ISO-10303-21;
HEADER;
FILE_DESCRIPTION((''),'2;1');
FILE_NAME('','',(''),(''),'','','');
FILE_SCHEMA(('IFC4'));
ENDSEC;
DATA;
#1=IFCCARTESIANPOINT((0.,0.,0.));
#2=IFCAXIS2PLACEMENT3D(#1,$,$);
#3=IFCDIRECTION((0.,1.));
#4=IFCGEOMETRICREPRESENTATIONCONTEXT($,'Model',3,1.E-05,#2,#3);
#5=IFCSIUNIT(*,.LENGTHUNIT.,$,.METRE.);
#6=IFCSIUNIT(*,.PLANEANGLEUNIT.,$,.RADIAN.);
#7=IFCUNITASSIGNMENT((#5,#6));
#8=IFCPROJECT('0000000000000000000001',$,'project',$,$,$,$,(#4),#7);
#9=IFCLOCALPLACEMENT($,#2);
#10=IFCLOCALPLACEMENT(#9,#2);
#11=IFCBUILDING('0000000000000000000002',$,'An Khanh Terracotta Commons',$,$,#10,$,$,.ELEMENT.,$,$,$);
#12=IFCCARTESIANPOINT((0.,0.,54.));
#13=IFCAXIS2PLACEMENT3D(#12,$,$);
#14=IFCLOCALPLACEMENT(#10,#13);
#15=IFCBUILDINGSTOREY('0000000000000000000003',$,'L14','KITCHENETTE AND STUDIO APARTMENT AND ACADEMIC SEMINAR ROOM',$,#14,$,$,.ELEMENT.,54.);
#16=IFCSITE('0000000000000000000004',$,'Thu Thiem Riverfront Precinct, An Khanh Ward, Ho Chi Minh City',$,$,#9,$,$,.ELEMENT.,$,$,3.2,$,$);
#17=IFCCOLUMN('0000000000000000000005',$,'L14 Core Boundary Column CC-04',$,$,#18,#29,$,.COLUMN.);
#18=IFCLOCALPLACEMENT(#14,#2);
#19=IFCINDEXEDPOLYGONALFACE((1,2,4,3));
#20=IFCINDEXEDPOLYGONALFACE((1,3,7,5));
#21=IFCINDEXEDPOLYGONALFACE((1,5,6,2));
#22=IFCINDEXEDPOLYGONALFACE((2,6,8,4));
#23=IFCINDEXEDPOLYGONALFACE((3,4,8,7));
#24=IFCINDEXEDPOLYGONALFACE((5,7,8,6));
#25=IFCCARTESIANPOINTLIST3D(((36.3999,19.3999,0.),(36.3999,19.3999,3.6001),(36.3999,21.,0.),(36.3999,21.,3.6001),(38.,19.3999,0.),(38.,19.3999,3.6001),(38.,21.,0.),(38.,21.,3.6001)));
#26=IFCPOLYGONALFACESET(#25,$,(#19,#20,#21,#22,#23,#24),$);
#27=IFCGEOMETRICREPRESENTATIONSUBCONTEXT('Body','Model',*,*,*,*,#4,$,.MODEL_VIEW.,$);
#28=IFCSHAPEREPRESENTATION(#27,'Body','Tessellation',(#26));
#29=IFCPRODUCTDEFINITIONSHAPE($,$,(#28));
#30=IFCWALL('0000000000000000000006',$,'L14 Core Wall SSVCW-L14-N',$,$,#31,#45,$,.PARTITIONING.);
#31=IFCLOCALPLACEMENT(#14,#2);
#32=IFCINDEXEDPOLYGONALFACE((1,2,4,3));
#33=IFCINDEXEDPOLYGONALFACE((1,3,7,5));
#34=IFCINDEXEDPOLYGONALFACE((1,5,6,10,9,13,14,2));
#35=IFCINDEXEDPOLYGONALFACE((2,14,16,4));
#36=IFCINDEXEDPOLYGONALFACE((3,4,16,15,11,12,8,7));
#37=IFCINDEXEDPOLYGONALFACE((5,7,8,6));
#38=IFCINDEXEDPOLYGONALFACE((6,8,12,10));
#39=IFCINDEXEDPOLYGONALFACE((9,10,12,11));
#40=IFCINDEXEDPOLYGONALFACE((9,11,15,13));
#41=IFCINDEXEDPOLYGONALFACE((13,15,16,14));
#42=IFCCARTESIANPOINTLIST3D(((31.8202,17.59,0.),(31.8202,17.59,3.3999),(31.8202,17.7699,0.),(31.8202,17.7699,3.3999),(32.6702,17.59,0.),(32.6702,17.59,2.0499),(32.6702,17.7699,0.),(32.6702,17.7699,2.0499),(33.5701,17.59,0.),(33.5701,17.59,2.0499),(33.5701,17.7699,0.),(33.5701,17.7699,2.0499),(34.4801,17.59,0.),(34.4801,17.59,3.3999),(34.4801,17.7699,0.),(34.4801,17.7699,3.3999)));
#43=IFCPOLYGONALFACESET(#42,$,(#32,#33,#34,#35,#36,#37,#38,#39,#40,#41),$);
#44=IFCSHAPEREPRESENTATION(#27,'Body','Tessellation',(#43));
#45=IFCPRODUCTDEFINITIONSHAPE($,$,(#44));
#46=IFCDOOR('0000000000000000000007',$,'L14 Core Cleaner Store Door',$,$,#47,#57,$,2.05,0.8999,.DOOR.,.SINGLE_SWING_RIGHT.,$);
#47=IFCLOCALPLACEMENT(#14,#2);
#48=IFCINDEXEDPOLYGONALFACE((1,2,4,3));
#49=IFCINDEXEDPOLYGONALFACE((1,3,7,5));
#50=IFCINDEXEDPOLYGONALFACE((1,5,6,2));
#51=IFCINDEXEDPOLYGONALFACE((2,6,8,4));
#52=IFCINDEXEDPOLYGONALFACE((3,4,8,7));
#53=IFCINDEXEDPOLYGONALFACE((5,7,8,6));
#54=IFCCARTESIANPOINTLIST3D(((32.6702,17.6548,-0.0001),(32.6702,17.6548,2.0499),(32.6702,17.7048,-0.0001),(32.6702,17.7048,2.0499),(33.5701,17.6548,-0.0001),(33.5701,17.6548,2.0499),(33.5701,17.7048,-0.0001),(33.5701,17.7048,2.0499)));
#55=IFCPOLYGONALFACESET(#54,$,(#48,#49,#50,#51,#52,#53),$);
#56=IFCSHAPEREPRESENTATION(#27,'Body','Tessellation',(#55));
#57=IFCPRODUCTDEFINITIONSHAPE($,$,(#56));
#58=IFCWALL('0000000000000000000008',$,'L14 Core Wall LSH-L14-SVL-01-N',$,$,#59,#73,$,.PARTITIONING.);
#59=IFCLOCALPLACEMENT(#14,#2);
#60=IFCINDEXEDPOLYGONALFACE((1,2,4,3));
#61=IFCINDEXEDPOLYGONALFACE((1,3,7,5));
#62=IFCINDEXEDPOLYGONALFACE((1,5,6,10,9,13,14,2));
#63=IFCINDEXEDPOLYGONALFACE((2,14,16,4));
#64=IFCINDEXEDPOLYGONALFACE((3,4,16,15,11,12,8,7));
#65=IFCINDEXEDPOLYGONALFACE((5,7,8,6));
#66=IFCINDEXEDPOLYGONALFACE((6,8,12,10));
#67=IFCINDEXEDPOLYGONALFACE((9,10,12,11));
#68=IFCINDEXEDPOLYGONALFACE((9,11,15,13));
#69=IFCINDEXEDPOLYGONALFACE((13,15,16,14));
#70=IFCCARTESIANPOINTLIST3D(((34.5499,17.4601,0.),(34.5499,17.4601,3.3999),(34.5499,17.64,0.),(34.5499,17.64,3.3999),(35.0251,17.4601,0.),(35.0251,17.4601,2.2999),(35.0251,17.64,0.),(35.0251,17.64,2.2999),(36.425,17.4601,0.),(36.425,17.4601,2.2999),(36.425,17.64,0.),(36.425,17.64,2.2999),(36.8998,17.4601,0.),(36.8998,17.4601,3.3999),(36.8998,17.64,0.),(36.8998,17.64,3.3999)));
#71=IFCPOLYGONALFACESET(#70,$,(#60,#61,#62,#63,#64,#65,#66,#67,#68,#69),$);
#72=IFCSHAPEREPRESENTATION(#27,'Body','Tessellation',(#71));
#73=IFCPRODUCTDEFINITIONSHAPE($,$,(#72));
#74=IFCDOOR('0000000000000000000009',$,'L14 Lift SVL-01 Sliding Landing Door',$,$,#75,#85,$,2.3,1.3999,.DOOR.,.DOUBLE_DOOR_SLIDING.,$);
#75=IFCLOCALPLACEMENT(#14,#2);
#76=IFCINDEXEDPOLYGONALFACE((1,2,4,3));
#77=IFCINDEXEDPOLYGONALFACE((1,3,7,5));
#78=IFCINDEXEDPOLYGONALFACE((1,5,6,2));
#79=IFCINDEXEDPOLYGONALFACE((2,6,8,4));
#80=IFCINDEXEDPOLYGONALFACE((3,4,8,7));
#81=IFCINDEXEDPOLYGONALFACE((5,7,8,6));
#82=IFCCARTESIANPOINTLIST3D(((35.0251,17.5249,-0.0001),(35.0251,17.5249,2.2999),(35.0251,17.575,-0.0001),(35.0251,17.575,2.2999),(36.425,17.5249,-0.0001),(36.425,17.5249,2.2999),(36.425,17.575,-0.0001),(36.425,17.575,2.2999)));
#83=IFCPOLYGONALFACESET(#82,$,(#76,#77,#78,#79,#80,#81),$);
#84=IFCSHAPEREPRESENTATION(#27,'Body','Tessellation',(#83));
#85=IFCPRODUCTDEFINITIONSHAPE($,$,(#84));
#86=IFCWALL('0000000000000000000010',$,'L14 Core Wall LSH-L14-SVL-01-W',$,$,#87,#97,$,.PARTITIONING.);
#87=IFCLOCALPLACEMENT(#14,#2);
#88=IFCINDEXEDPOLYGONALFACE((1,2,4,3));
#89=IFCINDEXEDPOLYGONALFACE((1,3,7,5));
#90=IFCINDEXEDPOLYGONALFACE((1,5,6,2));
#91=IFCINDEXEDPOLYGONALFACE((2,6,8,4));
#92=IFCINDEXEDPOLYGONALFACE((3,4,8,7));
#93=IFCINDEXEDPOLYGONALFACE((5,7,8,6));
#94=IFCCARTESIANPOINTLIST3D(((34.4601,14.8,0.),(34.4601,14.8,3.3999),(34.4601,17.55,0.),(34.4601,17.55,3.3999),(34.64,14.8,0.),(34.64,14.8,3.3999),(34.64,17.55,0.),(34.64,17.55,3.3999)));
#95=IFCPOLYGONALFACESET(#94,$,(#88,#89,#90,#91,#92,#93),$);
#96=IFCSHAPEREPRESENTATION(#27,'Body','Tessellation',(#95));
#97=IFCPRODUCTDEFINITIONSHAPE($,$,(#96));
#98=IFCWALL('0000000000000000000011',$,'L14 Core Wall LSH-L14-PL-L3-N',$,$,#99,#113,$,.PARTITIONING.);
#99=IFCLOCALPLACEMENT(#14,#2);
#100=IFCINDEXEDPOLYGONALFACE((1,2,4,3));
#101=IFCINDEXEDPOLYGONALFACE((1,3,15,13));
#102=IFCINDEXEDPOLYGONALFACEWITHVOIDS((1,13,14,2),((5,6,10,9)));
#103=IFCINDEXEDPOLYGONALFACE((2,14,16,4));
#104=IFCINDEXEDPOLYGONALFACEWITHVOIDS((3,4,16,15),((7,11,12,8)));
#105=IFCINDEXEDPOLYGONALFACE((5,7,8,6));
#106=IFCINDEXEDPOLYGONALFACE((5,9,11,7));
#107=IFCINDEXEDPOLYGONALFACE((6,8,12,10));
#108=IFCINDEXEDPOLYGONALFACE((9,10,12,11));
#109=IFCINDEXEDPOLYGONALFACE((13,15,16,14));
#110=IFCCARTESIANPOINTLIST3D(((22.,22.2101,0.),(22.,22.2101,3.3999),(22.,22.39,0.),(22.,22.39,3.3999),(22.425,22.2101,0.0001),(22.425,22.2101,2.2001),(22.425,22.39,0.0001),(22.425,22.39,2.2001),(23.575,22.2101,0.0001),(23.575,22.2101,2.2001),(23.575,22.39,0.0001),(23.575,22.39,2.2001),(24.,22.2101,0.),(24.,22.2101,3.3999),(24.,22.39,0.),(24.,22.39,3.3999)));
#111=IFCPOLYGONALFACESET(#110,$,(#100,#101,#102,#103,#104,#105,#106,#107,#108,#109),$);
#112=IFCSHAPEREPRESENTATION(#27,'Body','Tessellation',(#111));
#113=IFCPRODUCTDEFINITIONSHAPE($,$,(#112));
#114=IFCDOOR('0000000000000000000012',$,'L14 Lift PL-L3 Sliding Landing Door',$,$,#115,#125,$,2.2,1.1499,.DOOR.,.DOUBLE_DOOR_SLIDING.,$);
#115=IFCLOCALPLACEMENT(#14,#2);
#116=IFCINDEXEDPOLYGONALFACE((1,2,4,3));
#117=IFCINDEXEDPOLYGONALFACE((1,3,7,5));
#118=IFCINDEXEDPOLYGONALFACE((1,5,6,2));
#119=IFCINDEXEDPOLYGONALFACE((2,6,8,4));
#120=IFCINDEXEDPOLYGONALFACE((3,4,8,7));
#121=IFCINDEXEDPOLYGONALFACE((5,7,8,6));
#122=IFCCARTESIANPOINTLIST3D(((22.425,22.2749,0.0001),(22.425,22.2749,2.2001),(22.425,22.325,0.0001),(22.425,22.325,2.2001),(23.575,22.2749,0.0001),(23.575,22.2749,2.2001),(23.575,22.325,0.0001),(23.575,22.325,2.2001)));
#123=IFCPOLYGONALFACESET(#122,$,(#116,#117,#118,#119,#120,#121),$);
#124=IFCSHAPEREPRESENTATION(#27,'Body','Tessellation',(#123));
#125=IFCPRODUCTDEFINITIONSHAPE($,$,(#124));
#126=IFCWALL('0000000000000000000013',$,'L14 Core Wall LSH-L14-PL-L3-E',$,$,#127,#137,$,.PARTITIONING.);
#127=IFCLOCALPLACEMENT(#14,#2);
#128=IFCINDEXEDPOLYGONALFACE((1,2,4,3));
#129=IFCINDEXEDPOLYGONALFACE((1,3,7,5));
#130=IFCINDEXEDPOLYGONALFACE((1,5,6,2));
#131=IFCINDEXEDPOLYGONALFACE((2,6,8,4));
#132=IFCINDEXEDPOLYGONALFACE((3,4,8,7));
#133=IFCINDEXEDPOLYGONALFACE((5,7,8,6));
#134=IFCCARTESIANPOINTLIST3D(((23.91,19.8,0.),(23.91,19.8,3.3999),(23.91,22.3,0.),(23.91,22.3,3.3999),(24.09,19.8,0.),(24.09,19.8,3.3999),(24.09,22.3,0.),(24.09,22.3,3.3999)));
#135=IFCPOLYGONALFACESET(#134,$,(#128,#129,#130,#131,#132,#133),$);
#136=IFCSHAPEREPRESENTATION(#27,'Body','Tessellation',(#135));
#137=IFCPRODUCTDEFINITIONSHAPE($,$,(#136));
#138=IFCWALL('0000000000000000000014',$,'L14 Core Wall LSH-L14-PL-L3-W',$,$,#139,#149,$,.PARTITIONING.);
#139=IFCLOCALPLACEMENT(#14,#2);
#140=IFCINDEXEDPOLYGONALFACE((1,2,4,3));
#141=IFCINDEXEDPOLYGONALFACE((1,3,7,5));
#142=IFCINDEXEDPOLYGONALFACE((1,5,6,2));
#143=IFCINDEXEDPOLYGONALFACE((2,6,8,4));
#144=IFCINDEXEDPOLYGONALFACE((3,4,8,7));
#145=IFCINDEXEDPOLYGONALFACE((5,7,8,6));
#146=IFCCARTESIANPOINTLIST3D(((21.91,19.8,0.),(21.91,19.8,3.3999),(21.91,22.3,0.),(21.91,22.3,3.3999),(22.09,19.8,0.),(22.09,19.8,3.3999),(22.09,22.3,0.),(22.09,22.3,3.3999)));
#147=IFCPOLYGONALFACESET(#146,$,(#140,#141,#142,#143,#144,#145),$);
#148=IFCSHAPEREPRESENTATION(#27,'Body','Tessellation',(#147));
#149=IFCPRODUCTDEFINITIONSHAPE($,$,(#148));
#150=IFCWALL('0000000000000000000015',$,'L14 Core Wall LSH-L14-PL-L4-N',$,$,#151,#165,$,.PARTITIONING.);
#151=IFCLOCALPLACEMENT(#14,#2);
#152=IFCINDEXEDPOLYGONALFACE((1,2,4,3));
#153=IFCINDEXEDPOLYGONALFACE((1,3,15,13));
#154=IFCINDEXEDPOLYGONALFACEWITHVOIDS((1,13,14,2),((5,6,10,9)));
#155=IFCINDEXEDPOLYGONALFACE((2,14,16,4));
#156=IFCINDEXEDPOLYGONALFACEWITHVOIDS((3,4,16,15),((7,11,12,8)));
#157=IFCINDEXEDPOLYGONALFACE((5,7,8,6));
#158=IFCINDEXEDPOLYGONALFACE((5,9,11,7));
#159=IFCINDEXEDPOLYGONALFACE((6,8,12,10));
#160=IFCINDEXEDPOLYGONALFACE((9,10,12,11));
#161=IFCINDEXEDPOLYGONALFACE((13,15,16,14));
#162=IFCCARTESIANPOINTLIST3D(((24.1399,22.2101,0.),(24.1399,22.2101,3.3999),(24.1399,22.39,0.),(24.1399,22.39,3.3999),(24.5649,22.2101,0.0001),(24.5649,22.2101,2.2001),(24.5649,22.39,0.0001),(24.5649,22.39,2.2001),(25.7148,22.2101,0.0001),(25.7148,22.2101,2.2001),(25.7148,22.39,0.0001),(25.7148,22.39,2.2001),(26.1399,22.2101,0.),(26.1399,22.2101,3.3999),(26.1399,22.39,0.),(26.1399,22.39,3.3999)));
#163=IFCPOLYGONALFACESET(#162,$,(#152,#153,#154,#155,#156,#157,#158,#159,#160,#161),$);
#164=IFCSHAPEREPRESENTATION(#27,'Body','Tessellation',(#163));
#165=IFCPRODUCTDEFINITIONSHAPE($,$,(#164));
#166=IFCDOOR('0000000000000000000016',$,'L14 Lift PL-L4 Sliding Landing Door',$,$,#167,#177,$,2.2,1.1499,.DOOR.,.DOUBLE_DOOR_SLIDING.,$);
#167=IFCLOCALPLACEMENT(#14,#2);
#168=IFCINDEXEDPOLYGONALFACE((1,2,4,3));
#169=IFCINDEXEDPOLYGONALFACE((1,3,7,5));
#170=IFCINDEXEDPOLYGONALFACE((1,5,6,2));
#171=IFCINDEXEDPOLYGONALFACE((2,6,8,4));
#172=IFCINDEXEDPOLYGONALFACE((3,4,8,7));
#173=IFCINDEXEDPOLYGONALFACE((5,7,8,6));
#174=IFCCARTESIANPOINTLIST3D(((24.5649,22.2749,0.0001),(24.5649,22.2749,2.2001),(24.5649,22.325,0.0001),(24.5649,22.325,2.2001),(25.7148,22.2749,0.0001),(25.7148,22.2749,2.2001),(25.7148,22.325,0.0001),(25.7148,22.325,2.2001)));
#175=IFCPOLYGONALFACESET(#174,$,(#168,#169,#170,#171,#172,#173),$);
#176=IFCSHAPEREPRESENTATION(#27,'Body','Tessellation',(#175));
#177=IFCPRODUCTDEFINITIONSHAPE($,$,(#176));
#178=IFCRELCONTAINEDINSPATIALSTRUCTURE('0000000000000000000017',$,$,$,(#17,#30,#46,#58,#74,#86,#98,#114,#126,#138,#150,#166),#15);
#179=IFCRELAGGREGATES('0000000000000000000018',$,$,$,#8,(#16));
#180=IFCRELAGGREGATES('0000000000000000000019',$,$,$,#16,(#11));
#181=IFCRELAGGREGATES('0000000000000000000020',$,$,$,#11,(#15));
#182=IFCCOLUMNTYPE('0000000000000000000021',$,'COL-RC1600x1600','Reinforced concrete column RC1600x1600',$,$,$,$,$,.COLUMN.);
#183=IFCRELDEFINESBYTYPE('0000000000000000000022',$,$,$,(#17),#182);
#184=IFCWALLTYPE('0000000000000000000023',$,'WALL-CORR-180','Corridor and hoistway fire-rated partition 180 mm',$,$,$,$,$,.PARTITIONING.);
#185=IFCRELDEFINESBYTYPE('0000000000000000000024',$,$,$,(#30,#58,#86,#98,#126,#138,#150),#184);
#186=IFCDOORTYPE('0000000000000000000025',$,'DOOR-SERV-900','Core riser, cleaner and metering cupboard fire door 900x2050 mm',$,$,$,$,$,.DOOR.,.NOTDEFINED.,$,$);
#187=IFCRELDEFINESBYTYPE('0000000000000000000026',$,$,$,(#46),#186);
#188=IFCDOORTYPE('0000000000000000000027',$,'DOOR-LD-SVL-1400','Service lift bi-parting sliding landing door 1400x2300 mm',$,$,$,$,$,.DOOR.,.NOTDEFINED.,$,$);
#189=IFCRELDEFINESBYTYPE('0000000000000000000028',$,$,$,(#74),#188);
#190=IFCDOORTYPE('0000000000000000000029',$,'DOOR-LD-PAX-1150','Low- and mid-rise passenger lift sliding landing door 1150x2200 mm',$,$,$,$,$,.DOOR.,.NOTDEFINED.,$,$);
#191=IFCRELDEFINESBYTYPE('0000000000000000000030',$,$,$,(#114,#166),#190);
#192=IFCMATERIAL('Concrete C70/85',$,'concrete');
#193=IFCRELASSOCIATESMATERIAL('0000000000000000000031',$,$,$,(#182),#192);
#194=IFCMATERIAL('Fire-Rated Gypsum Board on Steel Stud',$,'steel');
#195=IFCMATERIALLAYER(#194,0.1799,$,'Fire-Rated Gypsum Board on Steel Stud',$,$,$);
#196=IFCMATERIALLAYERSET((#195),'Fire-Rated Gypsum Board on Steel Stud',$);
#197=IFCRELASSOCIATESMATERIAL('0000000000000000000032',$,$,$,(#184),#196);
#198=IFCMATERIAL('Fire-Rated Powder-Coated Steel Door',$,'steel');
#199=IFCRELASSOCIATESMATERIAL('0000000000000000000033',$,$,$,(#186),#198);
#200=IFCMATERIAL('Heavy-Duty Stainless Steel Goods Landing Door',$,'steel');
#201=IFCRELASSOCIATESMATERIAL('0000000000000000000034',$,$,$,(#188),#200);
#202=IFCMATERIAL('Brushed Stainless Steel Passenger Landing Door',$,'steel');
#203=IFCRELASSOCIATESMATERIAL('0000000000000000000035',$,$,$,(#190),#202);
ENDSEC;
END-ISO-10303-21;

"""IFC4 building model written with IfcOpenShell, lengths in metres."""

from ifc_helpers import new_model, si_unit, direction, frame, frame_2d, origin, origin_2d, place, context, subcontext, project, spatial, rectangle, extrude, material, layer, layer_set, material_profile, profile_set, type_object, element, fill, save


model = new_model("IFC4")

# Units and contexts
model_context = context("Model", 3, precision=1e-05, world=origin(), true_north=direction((0.0, 1.0)))
body_context = subcontext(model_context, "Body", "Model", "MODEL_VIEW")
ifc_project = project(units=[si_unit("LENGTHUNIT", "METRE"), si_unit("PLANEANGLEUNIT", "RADIAN")], contexts=[model_context])

# Site, building, storey
site_placement = place(None, origin())
site = spatial("IfcSite", under=ifc_project, at=site_placement, Name="Thu Thiem Riverfront Precinct, An Khanh Ward, Ho Chi Minh City", CompositionType="ELEMENT", RefElevation=3.2)
building_placement = place(site_placement, origin())
building = spatial("IfcBuilding", under=site, at=building_placement, Name="An Khanh Terracotta Commons", CompositionType="ELEMENT")
storey_placement = place(building_placement, frame((0.0, 0.0, 54.0)))
storey = spatial("IfcBuildingStorey", under=building, at=storey_placement, Name="L14", Description="KITCHENETTE AND STUDIO APARTMENT AND ACADEMIC SEMINAR ROOM", CompositionType="ELEMENT", Elevation=54.0)

# Column
ifc_material_1 = material(Name="Concrete C70/85", Category="concrete")
ifc_material_profile = material_profile(ifc_material_1, rectangle(XDim=1.6001, YDim=1.6001, at=origin_2d()), Name="RC1600x1600")
ifc_profile_set = profile_set([ifc_material_profile], Name="Concrete C70/85")
column_type = type_object("IfcColumnType", Name="COL-RC1600x1600", Description="Reinforced concrete column RC1600x1600", PredefinedType="COLUMN", material=ifc_profile_set)
column_placement = place(storey_placement, frame((37.2, 20.2, 0.0), z_axis=(0.0, 0.0, 1.0), x_axis=(1.0, 0.0, 0.0)))
element("IfcColumn", 1, at=column_placement, inside=storey, type_object=column_type, Name="L14 Core Boundary Column CC-04", PredefinedType="COLUMN", context=body_context, shape_type="SweptSolid", body=[
    extrude(rectangle(XDim=1.6001, YDim=1.6001, at=origin_2d()), origin(), (0.0, 0.0, 1.0), 3.6001),
])

# Walls, openings, doors
ifc_material_2 = material(Name="Fire-Rated Gypsum Board on Steel Stud", Category="steel")
ifc_layer_1 = layer(ifc_material_2, 0.1799, Name="Fire-Rated Gypsum Board on Steel Stud")
ifc_layer_set_1 = layer_set([ifc_layer_1], Name="Fire-Rated Gypsum Board on Steel Stud")
wall_type_1 = type_object("IfcWallType", Name="WALL-CORR-180", Description="Corridor and hoistway fire-rated partition 180 mm", PredefinedType="PARTITIONING", material=ifc_layer_set_1)
wall_1_placement = place(storey_placement, frame((31.8201, 17.6799, 0.0), z_axis=(0.0, 0.0, 1.0), x_axis=(1.0, 0.0, 0.0)))
wall_1 = element("IfcWall", 2, at=wall_1_placement, inside=storey, type_object=wall_type_1, Name="L14 Core Wall SSVCW-L14-N", PredefinedType="PARTITIONING", context=body_context, shape_type="SweptSolid", body=[
    extrude(rectangle(XDim=2.6599, YDim=0.1799, at=frame_2d((1.3301, 0.0))), origin(), (0.0, 0.0, 1.0), 3.3999),
])
opening_1_placement = place(wall_1_placement, frame((0.8501, 0.0, 0.0)))
opening_1 = element("IfcOpeningElement", 3, at=opening_1_placement, cuts=wall_1, PredefinedType="OPENING", context=body_context, shape_type="SweptSolid", body=[
    extrude(rectangle(XDim=0.8999, YDim=2.05, at=frame_2d((0.45, 1.0249))), frame((0.0, 0.0999, 0.0), z_axis=(0.0, -1.0, 0.0), x_axis=(1.0, 0.0, 0.0)), (0.0, 0.0, 1.0), 0.2),
])
ifc_material_3 = material(Name="Fire-Rated Powder-Coated Steel Door", Category="steel")
door_type_1 = type_object("IfcDoorType", Name="DOOR-SERV-900", Description="Core riser, cleaner and metering cupboard fire door 900x2050 mm", OperationType="NOTDEFINED", PredefinedType="DOOR", material=ifc_material_3)
door_1_placement = place(opening_1_placement, origin())
door_1 = element("IfcDoor", 4, at=door_1_placement, inside=storey, type_object=door_type_1, Name="L14 Core Cleaner Store Door", OperationType="SINGLE_SWING_RIGHT", OverallHeight=2.05, OverallWidth=0.8999, PredefinedType="DOOR", context=body_context, shape_type="SweptSolid", body=[
    extrude(rectangle(XDim=0.8999, YDim=2.05, at=frame_2d((0.45, 1.0249))), frame((0.0, 0.0249, 0.0), z_axis=(0.0, -1.0, 0.0), x_axis=(1.0, 0.0, 0.0)), (0.0, 0.0, 1.0), 0.05),
])
fill(opening_1, door_1)
wall_2_placement = place(storey_placement, frame((34.55, 17.55, 0.0), z_axis=(0.0, 0.0, 1.0), x_axis=(1.0, 0.0, 0.0)))
wall_2 = element("IfcWall", 5, at=wall_2_placement, inside=storey, type_object=wall_type_1, Name="L14 Core Wall LSH-L14-SVL-01-N", PredefinedType="PARTITIONING", context=body_context, shape_type="SweptSolid", body=[
    extrude(rectangle(XDim=2.3499, YDim=0.1799, at=frame_2d((1.1748, 0.0))), origin(), (0.0, 0.0, 1.0), 3.3999),
])
opening_2_placement = place(wall_2_placement, frame((0.4751, 0.0, 0.0)))
opening_2 = element("IfcOpeningElement", 6, at=opening_2_placement, cuts=wall_2, PredefinedType="OPENING", context=body_context, shape_type="SweptSolid", body=[
    extrude(rectangle(XDim=1.3999, YDim=2.3, at=frame_2d((0.7, 1.1499))), frame((0.0, 0.0999, 0.0), z_axis=(0.0, -1.0, 0.0), x_axis=(1.0, 0.0, 0.0)), (0.0, 0.0, 1.0), 0.2),
])
ifc_material_4 = material(Name="Heavy-Duty Stainless Steel Goods Landing Door", Category="steel")
door_type_2 = type_object("IfcDoorType", Name="DOOR-LD-SVL-1400", Description="Service lift bi-parting sliding landing door 1400x2300 mm", OperationType="NOTDEFINED", PredefinedType="DOOR", material=ifc_material_4)
door_2_placement = place(opening_2_placement, origin())
door_2 = element("IfcDoor", 7, at=door_2_placement, inside=storey, type_object=door_type_2, Name="L14 Lift SVL-01 Sliding Landing Door", OperationType="DOUBLE_DOOR_SLIDING", OverallHeight=2.3, OverallWidth=1.3999, PredefinedType="DOOR", context=body_context, shape_type="SweptSolid", body=[
    extrude(rectangle(XDim=1.3999, YDim=2.3, at=frame_2d((0.7, 1.1499))), frame((0.0, 0.0249, 0.0), z_axis=(0.0, -1.0, 0.0), x_axis=(1.0, 0.0, 0.0)), (0.0, 0.0, 1.0), 0.05),
])
fill(opening_2, door_2)

# Wall
wall_3_placement = place(storey_placement, frame((34.55, 17.55, 0.0), z_axis=(0.0, 0.0, 1.0), x_axis=(0.0, -1.0, 0.0)))
element("IfcWall", 8, at=wall_3_placement, inside=storey, type_object=wall_type_1, Name="L14 Core Wall LSH-L14-SVL-01-W", PredefinedType="PARTITIONING", context=body_context, shape_type="SweptSolid", body=[
    extrude(rectangle(XDim=2.75, YDim=0.1799, at=frame_2d((1.375, 0.0))), origin(), (0.0, 0.0, 1.0), 3.3999),
])

# Wall, opening, door
wall_4_placement = place(storey_placement, frame((22.0, 22.3, 0.0), z_axis=(0.0, 0.0, 1.0), x_axis=(1.0, 0.0, 0.0)))
wall_4 = element("IfcWall", 9, at=wall_4_placement, inside=storey, type_object=wall_type_1, Name="L14 Core Wall LSH-L14-PL-L3-N", PredefinedType="PARTITIONING", context=body_context, shape_type="SweptSolid", body=[
    extrude(rectangle(XDim=2.0, YDim=0.1799, at=frame_2d((1.0, 0.0))), origin(), (0.0, 0.0, 1.0), 3.3999),
])
opening_3_placement = place(wall_4_placement, frame((0.425, 0.0, 0.0)))
opening_3 = element("IfcOpeningElement", 10, at=opening_3_placement, cuts=wall_4, PredefinedType="OPENING", context=body_context, shape_type="SweptSolid", body=[
    extrude(rectangle(XDim=1.1499, YDim=2.2, at=frame_2d((0.575, 1.1001))), frame((0.0, 0.0999, 0.0), z_axis=(0.0, -1.0, 0.0), x_axis=(1.0, 0.0, 0.0)), (0.0, 0.0, 1.0), 0.2),
])
ifc_material_5 = material(Name="Brushed Stainless Steel Passenger Landing Door", Category="steel")
door_type_3 = type_object("IfcDoorType", Name="DOOR-LD-PAX-1150", Description="Low- and mid-rise passenger lift sliding landing door 1150x2200 mm", OperationType="NOTDEFINED", PredefinedType="DOOR", material=ifc_material_5)
door_3_placement = place(opening_3_placement, origin())
door_3 = element("IfcDoor", 11, at=door_3_placement, inside=storey, type_object=door_type_3, Name="L14 Lift PL-L3 Sliding Landing Door", OperationType="DOUBLE_DOOR_SLIDING", OverallHeight=2.2, OverallWidth=1.1499, PredefinedType="DOOR", context=body_context, shape_type="SweptSolid", body=[
    extrude(rectangle(XDim=1.1499, YDim=2.2, at=frame_2d((0.575, 1.1001))), frame((0.0, 0.0249, 0.0), z_axis=(0.0, -1.0, 0.0), x_axis=(1.0, 0.0, 0.0)), (0.0, 0.0, 1.0), 0.05),
])
fill(opening_3, door_3)

# Walls
for number, where, z_axis, x_axis, name in (
    (12, (24.0, 19.8, 0.0), (0.0, 0.0, 1.0), (0.0, 1.0, 0.0), "L14 Core Wall LSH-L14-PL-L3-E"),
    (13, (22.0, 22.3, 0.0), (0.0, 0.0, 1.0), (0.0, -1.0, 0.0), "L14 Core Wall LSH-L14-PL-L3-W"),
):
    element("IfcWall", number, at=place(storey_placement, frame(where, z_axis=z_axis, x_axis=x_axis)), inside=storey, type_object=wall_type_1, Name=name, PredefinedType="PARTITIONING", context=body_context, shape_type="SweptSolid", body=[
        extrude(rectangle(XDim=2.5, YDim=0.1799, at=frame_2d((1.25, 0.0))), origin(), (0.0, 0.0, 1.0), 3.3999),
    ])

# Wall, opening, door
wall_5_placement = place(storey_placement, frame((24.1399, 22.3, 0.0), z_axis=(0.0, 0.0, 1.0), x_axis=(1.0, 0.0, 0.0)))
wall_5 = element("IfcWall", 14, at=wall_5_placement, inside=storey, type_object=wall_type_1, Name="L14 Core Wall LSH-L14-PL-L4-N", PredefinedType="PARTITIONING", context=body_context, shape_type="SweptSolid", body=[
    extrude(rectangle(XDim=2.0, YDim=0.1799, at=frame_2d((1.0, 0.0))), origin(), (0.0, 0.0, 1.0), 3.3999),
])
opening_4_placement = place(wall_5_placement, frame((0.425, 0.0, 0.0)))
opening_4 = element("IfcOpeningElement", 15, at=opening_4_placement, cuts=wall_5, PredefinedType="OPENING", context=body_context, shape_type="SweptSolid", body=[
    extrude(rectangle(XDim=1.1499, YDim=2.2, at=frame_2d((0.575, 1.1001))), frame((0.0, 0.0999, 0.0), z_axis=(0.0, -1.0, 0.0), x_axis=(1.0, 0.0, 0.0)), (0.0, 0.0, 1.0), 0.2),
])
door_4_placement = place(opening_4_placement, origin())
door_4 = element("IfcDoor", 16, at=door_4_placement, inside=storey, type_object=door_type_3, Name="L14 Lift PL-L4 Sliding Landing Door", OperationType="DOUBLE_DOOR_SLIDING", OverallHeight=2.2, OverallWidth=1.1499, PredefinedType="DOOR", context=body_context, shape_type="SweptSolid", body=[
    extrude(rectangle(XDim=1.1499, YDim=2.2, at=frame_2d((0.575, 1.1001))), frame((0.0, 0.0249, 0.0), z_axis=(0.0, -1.0, 0.0), x_axis=(1.0, 0.0, 0.0)), (0.0, 0.0, 1.0), 0.05),
])
fill(opening_4, door_4)

save(model, "model.ifc")
